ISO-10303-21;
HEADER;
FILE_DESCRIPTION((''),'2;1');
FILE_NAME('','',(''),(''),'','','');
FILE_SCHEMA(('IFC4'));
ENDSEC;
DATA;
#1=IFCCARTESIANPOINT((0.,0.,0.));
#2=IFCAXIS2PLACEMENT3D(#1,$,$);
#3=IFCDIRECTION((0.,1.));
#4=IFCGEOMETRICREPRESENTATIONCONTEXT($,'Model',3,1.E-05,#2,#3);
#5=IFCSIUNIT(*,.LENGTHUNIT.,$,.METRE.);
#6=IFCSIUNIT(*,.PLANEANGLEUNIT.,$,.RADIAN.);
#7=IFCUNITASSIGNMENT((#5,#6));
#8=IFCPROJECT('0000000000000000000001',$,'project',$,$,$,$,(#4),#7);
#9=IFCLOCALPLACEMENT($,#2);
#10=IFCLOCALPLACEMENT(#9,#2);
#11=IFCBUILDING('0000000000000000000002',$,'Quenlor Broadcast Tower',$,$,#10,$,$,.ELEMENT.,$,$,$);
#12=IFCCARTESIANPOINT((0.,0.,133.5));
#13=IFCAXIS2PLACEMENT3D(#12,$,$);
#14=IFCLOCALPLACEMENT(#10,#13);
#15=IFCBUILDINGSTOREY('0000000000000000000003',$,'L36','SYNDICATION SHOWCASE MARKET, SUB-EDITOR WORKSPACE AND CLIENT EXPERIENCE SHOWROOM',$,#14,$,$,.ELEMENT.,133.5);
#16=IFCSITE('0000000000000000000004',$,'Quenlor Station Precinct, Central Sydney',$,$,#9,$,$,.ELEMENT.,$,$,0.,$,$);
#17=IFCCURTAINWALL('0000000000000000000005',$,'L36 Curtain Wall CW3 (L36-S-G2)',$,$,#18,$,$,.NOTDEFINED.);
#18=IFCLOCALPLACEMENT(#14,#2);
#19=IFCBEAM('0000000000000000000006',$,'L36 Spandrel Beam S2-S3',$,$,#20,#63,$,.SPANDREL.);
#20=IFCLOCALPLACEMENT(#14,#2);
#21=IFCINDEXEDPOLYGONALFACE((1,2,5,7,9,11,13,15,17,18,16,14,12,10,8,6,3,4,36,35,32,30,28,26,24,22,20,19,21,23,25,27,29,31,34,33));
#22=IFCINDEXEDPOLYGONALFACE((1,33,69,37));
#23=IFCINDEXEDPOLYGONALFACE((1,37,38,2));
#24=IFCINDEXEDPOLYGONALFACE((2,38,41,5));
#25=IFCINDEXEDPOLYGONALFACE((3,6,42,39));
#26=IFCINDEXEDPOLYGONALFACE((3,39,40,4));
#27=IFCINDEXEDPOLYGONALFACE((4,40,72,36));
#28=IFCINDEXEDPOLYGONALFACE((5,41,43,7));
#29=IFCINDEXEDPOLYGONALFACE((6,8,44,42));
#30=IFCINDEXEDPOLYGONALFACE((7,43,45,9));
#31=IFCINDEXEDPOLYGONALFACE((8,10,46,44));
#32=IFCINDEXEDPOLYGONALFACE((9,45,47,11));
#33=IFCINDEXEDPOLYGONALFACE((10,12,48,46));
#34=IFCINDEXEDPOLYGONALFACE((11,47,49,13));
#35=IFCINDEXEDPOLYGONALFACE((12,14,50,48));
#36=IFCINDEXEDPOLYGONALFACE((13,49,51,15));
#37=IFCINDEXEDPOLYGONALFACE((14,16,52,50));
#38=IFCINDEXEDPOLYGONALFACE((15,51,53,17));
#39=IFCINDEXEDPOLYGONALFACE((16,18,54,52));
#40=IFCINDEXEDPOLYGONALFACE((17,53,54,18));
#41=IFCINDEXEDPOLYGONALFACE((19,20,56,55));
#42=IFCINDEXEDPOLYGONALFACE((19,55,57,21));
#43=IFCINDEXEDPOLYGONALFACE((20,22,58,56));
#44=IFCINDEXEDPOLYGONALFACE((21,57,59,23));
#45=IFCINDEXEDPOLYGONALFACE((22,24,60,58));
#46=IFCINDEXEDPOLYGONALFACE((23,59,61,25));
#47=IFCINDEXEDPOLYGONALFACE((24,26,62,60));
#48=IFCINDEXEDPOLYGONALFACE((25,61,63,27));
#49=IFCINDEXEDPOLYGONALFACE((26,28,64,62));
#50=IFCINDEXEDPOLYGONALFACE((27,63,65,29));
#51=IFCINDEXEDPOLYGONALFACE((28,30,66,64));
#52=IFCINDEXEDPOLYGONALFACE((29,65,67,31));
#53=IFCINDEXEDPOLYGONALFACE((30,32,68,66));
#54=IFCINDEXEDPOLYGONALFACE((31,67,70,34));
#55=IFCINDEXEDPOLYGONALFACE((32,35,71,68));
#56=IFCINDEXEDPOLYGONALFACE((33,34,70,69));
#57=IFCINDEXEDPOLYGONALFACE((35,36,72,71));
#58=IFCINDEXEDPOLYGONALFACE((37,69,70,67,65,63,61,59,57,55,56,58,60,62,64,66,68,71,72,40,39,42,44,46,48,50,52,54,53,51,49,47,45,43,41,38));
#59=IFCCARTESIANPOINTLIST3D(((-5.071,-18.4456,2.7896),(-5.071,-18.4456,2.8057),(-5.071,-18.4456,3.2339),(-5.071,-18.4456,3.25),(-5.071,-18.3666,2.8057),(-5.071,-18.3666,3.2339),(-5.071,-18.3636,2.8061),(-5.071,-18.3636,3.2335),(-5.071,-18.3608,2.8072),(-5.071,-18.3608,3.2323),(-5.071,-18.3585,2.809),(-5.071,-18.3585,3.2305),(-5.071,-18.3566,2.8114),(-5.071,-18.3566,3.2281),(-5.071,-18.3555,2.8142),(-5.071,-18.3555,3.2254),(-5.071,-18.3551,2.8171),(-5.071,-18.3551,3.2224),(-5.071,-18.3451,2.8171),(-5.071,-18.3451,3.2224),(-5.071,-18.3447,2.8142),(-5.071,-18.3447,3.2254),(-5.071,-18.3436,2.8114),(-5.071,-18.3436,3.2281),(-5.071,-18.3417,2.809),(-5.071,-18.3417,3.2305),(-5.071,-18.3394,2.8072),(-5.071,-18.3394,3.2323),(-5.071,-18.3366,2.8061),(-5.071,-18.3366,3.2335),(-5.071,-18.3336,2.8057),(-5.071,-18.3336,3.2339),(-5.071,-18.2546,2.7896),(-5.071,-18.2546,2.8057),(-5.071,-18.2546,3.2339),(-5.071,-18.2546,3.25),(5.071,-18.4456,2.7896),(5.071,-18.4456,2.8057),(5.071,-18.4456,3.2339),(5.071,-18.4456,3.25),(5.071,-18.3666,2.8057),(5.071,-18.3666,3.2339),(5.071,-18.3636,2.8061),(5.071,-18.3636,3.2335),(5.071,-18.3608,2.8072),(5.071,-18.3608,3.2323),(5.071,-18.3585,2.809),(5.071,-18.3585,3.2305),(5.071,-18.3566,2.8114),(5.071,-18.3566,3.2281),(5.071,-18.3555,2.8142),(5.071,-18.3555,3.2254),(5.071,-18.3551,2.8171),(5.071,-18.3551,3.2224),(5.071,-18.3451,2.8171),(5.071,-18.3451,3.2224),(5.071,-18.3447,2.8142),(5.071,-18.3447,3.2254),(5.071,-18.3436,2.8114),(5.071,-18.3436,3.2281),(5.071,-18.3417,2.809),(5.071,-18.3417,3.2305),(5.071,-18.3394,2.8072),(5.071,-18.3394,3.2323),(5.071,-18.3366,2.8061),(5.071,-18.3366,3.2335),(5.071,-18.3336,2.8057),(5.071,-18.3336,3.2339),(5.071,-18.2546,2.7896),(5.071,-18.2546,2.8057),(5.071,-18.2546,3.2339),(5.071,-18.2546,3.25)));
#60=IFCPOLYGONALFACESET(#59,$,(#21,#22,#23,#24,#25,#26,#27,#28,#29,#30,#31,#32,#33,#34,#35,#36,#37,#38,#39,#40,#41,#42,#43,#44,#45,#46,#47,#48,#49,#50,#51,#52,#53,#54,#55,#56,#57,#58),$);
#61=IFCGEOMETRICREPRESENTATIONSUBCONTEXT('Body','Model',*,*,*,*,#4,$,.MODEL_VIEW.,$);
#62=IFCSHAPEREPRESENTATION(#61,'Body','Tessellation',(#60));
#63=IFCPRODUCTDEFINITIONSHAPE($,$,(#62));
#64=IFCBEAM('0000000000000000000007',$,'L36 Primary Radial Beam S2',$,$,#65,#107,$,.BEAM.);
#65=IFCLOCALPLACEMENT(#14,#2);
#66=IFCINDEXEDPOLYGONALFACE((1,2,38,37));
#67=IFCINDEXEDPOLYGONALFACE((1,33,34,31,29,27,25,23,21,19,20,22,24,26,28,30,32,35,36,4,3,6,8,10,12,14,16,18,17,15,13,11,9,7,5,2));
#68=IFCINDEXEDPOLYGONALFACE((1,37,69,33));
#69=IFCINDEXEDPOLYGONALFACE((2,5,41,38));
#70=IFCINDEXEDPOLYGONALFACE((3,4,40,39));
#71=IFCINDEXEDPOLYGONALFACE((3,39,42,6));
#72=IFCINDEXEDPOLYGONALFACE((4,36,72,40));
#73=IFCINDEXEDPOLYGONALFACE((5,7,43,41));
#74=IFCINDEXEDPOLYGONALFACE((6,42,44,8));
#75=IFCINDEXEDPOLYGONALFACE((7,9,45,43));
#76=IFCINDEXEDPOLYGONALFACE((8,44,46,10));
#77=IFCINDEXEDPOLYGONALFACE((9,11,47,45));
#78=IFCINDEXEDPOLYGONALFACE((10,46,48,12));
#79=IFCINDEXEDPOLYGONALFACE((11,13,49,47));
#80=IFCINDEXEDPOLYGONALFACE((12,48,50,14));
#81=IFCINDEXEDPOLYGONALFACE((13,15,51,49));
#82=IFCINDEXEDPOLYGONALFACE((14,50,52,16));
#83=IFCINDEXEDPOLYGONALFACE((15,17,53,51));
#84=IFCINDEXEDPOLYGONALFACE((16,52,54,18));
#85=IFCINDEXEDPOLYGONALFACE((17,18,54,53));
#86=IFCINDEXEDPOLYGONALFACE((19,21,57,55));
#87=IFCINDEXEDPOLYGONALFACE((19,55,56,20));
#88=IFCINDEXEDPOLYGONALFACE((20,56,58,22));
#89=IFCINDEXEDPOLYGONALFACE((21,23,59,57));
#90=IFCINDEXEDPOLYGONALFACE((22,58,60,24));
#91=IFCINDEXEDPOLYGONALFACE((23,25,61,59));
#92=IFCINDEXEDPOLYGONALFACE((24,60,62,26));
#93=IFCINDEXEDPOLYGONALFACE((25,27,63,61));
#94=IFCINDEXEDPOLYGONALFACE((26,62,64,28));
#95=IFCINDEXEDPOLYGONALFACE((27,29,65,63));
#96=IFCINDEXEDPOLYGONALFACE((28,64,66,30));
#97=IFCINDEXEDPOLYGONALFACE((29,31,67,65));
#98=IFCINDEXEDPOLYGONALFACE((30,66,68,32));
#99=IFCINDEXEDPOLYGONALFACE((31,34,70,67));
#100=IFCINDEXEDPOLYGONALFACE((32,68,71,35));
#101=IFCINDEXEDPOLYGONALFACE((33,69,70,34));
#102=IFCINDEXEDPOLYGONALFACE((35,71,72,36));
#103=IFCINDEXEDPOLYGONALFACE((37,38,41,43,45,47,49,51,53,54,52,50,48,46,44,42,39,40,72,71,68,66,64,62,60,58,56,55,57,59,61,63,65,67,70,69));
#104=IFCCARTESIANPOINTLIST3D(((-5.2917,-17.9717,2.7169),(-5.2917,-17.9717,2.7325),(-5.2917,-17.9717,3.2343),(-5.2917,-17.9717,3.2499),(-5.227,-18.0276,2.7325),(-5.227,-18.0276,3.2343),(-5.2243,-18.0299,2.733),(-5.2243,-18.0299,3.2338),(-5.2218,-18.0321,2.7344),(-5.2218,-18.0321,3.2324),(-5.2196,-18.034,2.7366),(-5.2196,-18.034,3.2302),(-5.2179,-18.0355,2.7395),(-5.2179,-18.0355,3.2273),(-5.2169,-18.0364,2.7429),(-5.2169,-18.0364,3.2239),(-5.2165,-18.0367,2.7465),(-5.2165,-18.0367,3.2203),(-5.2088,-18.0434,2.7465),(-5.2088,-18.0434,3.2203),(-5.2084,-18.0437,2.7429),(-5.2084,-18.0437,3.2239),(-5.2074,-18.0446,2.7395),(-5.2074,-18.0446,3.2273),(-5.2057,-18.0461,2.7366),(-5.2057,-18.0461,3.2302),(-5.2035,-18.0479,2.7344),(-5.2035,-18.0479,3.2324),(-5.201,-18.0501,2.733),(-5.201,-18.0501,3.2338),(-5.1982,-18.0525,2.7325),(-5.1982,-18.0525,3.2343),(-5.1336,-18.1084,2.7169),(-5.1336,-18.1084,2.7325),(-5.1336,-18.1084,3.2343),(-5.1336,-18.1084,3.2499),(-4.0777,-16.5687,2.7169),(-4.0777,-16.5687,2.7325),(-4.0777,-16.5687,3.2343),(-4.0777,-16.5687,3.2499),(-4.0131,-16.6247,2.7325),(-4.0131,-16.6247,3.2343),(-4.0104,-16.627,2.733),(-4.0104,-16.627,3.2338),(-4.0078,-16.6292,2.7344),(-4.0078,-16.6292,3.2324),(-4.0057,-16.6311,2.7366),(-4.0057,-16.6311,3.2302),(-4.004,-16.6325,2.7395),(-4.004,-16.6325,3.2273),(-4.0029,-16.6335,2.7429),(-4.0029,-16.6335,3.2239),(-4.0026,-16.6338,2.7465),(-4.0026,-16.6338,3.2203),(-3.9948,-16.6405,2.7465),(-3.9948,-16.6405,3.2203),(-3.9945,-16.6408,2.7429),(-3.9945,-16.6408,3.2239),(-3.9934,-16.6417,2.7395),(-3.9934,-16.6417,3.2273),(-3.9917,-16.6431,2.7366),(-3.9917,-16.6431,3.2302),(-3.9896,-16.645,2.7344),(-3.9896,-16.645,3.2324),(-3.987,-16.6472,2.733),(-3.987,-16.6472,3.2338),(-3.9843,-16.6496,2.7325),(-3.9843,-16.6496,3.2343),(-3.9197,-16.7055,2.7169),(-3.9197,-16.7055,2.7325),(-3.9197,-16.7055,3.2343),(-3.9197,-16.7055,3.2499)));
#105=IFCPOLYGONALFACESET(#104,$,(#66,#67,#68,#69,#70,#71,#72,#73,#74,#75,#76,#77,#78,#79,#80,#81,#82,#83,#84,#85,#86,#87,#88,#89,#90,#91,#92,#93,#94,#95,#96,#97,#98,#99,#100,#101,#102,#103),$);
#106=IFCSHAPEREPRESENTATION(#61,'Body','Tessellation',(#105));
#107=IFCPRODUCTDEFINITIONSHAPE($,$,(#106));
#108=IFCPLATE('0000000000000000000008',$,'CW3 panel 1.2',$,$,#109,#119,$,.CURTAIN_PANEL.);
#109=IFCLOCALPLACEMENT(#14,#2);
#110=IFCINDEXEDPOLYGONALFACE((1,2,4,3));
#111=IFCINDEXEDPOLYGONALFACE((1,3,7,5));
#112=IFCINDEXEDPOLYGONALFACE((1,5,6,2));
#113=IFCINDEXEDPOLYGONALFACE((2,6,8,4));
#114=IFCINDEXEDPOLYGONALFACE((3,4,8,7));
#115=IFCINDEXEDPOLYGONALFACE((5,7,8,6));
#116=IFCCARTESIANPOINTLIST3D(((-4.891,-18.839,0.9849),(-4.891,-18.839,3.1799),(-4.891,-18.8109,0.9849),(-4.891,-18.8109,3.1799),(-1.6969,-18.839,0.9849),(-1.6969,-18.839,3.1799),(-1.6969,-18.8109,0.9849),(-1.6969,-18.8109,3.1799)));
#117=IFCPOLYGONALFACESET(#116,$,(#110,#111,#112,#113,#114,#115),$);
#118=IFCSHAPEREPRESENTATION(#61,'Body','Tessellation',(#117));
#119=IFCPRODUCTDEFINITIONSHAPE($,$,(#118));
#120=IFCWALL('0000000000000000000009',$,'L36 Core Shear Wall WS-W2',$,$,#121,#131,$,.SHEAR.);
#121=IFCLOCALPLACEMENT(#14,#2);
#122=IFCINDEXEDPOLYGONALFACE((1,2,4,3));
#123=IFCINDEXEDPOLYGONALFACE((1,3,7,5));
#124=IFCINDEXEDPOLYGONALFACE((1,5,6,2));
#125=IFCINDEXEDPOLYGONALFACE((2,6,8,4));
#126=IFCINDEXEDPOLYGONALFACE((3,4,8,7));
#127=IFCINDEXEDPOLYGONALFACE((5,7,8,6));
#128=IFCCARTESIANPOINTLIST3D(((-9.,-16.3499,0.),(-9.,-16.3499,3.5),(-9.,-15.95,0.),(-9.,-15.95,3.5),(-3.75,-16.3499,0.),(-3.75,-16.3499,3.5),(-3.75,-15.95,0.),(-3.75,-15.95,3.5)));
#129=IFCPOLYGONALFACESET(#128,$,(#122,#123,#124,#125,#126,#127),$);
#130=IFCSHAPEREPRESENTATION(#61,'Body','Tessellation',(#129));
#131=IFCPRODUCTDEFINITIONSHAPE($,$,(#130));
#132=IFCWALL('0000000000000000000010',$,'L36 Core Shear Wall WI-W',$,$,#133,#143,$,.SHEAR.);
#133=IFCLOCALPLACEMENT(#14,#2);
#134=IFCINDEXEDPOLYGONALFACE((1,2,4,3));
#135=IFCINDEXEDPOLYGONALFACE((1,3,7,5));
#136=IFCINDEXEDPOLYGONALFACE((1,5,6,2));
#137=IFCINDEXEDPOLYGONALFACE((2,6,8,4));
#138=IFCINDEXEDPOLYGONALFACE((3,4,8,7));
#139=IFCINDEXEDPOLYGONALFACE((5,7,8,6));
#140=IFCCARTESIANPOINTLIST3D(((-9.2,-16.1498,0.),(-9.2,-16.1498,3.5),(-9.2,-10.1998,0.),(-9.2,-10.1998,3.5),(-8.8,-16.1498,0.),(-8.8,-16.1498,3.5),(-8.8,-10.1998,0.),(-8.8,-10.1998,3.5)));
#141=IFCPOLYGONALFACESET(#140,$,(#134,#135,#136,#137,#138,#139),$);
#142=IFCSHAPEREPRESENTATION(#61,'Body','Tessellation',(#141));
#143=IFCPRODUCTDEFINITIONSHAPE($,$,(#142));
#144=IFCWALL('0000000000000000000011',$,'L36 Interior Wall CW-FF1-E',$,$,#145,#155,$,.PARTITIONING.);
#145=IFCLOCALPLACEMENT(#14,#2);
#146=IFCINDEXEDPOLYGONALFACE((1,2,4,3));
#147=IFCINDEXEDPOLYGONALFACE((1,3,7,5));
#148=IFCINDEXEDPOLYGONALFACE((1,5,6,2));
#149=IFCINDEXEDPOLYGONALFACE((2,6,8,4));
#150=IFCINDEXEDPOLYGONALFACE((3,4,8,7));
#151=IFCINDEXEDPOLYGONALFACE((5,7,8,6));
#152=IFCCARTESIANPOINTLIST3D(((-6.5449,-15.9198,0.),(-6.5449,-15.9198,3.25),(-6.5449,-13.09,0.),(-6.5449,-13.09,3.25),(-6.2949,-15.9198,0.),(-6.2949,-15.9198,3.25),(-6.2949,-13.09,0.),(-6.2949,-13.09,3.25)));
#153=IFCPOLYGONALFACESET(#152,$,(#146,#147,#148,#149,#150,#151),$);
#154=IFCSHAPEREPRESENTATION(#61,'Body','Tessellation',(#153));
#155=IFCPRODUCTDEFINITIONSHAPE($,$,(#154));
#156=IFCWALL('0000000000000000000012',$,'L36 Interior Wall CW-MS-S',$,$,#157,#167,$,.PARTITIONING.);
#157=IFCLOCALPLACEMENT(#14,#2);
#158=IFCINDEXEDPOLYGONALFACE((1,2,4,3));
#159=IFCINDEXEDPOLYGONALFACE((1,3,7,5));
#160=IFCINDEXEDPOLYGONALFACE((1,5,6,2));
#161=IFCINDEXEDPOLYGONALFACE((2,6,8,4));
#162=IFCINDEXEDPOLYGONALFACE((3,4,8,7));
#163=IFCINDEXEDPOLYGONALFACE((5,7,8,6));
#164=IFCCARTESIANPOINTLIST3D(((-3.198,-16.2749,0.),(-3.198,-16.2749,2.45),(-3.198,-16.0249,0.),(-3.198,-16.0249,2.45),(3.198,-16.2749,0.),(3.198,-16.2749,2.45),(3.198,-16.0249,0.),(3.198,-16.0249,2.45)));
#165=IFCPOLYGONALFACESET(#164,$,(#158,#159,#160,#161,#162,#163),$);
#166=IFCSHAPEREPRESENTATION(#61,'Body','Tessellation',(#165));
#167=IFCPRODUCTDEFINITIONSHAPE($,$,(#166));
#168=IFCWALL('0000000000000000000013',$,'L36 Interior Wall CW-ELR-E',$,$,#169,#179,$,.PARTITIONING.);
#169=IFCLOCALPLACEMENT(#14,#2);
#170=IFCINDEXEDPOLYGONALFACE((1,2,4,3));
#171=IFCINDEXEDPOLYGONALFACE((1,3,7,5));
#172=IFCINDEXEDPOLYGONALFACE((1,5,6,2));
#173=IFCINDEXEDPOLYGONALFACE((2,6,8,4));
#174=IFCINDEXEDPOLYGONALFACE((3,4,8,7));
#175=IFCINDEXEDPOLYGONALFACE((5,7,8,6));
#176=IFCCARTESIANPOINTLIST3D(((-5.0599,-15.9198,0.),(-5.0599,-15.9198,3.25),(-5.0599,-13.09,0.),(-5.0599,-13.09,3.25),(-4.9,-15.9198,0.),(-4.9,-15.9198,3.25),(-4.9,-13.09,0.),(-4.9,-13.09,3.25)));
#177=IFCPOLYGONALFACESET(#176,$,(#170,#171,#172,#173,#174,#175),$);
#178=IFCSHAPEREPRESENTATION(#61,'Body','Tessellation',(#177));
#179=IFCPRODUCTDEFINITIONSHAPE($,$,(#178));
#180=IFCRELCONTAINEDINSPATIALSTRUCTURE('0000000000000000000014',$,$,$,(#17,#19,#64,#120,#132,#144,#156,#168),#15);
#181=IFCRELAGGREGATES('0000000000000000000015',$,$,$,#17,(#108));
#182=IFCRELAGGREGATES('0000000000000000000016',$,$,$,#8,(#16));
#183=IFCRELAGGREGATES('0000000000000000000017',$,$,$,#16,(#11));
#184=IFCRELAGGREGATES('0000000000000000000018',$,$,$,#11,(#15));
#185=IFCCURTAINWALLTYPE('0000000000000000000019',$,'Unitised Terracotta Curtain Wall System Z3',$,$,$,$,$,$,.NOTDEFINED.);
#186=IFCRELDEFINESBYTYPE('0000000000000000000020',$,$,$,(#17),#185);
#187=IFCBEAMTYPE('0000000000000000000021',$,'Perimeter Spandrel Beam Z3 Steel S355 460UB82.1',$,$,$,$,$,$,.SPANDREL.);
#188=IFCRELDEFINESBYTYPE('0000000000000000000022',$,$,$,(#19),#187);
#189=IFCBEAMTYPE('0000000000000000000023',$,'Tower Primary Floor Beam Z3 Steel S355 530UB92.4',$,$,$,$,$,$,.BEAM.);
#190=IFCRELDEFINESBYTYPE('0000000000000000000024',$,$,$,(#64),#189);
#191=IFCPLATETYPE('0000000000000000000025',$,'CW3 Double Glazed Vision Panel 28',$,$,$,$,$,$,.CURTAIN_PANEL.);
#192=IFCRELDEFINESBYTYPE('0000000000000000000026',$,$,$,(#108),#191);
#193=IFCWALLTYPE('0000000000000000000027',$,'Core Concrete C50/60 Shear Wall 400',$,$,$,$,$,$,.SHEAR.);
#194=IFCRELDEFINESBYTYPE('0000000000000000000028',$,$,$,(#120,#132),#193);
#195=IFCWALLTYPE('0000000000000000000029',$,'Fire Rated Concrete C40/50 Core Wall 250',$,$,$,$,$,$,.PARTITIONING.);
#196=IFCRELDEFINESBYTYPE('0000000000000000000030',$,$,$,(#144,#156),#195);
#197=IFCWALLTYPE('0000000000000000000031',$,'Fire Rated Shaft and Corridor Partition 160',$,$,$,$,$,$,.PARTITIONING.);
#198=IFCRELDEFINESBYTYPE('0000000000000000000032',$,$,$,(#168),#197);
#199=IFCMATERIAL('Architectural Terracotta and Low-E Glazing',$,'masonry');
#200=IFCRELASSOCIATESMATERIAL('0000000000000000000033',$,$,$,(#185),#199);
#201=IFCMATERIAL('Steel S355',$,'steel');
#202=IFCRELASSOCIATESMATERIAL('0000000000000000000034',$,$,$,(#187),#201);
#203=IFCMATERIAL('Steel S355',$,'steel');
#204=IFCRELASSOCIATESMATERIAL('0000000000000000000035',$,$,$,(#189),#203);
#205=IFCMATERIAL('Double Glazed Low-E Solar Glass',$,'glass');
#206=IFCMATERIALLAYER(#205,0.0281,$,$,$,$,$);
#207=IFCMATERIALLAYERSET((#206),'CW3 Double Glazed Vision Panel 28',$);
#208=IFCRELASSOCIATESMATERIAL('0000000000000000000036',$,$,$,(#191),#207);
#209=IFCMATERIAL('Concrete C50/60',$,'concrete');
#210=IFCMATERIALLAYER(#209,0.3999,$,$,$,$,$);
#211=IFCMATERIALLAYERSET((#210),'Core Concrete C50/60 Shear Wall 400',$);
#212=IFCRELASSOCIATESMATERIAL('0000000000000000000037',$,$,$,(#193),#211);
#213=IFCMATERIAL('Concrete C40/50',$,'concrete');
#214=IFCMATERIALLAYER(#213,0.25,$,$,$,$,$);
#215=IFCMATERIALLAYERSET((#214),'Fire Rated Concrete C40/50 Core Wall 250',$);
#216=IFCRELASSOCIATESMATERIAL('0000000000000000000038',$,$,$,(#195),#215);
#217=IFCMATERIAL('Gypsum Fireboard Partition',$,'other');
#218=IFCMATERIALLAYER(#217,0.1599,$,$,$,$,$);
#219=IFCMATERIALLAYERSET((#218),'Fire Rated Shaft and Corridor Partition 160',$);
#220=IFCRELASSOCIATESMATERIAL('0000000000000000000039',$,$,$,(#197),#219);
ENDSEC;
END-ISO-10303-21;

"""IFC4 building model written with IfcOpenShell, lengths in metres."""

from ifc_helpers import new_model, si_unit, direction, frame, frame_2d, origin, origin_2d, place, context, subcontext, project, spatial, rectangle, i_section, extrude, material, layer, layer_set, material_profile, profile_set, type_object, element, aggregate, save


model = new_model("IFC4")

# Units and contexts
model_context = context("Model", 3, precision=1e-05, world=origin(), true_north=direction((0.0, 1.0)))
body_context = subcontext(model_context, "Body", "Model", "MODEL_VIEW")
ifc_project = project(units=[si_unit("LENGTHUNIT", "METRE"), si_unit("PLANEANGLEUNIT", "RADIAN")], contexts=[model_context])

# Site, building, storey
site_placement = place(None, origin())
site = spatial("IfcSite", under=ifc_project, at=site_placement, Name="Quenlor Station Precinct, Central Sydney", CompositionType="ELEMENT", RefElevation=0.0)
building_placement = place(site_placement, origin())
building = spatial("IfcBuilding", under=site, at=building_placement, Name="Quenlor Broadcast Tower", CompositionType="ELEMENT")
storey_placement = place(building_placement, frame((0.0, 0.0, 133.5)))
storey = spatial("IfcBuildingStorey", under=building, at=storey_placement, Name="L36", Description="SYNDICATION SHOWCASE MARKET, SUB-EDITOR WORKSPACE AND CLIENT EXPERIENCE SHOWROOM", CompositionType="ELEMENT", Elevation=133.5)

# Curtain wall
ifc_material_1 = material(Name="Architectural Terracotta and Low-E Glazing", Category="masonry")
curtain_wall_type = type_object("IfcCurtainWallType", Name="Unitised Terracotta Curtain Wall System Z3", PredefinedType="NOTDEFINED", material=ifc_material_1)
curtain_wall_placement = place(storey_placement, origin())
curtain_wall = element("IfcCurtainWall", 1, at=curtain_wall_placement, inside=storey, type_object=curtain_wall_type, Name="L36 Curtain Wall CW3 (L36-S-G2)", PredefinedType="NOTDEFINED")

# Beams
ifc_material_2 = material(Name="Steel S355", Category="steel")
ifc_material_profile_1 = material_profile(ifc_material_2, i_section(OverallWidth=0.1909, OverallDepth=0.4604, WebThickness=0.01, FlangeThickness=0.0161, FilletRadius=0.0115, at=origin_2d()))
ifc_profile_set_1 = profile_set([ifc_material_profile_1], Name="Steel S355 460UB82.1")
beam_type_1 = type_object("IfcBeamType", Name="Perimeter Spandrel Beam Z3 Steel S355 460UB82.1", PredefinedType="SPANDREL", material=ifc_profile_set_1)
beam_1_placement = place(storey_placement, frame((-5.071, -18.3501, 3.0198), z_axis=(1.0, 0.0, 0.0), x_axis=(0.0, 1.0, 0.0)))
element("IfcBeam", 2, at=beam_1_placement, inside=storey, type_object=beam_type_1, Name="L36 Spandrel Beam S2-S3", PredefinedType="SPANDREL", context=body_context, shape_type="SweptSolid", body=[
    extrude(i_section(OverallWidth=0.1909, OverallDepth=0.4604, WebThickness=0.01, FlangeThickness=0.0161, FilletRadius=0.0115, at=origin_2d()), origin(), (0.0, 0.0, 1.0), 10.1421),
])
ifc_material_3 = material(Name="Steel S355", Category="steel")
ifc_material_profile_2 = material_profile(ifc_material_3, i_section(OverallWidth=0.209, OverallDepth=0.533, WebThickness=0.0103, FlangeThickness=0.0156, FilletRadius=0.0139, at=origin_2d()))
ifc_profile_set_2 = profile_set([ifc_material_profile_2], Name="Steel S355 530UB92.4")
beam_type_2 = type_object("IfcBeamType", Name="Tower Primary Floor Beam Z3 Steel S355 530UB92.4", PredefinedType="BEAM", material=ifc_profile_set_2)
beam_2_placement = place(storey_placement, frame((-5.2126, -18.04, 2.9834), z_axis=(0.654339, 0.756201, 0.0), x_axis=(-0.756201, 0.654339, 0.0)))
element("IfcBeam", 3, at=beam_2_placement, inside=storey, type_object=beam_type_2, Name="L36 Primary Radial Beam S2", PredefinedType="BEAM", context=body_context, shape_type="SweptSolid", body=[
    extrude(i_section(OverallWidth=0.209, OverallDepth=0.533, WebThickness=0.0103, FlangeThickness=0.0156, FilletRadius=0.0139, at=origin_2d()), origin(), (0.0, 0.0, 1.0), 1.8552),
])

# Plate
ifc_material_4 = material(Name="Double Glazed Low-E Solar Glass", Category="glass")
ifc_layer_1 = layer(ifc_material_4, 0.0281)
ifc_layer_set_1 = layer_set([ifc_layer_1], Name="CW3 Double Glazed Vision Panel 28")
plate_type = type_object("IfcPlateType", Name="CW3 Double Glazed Vision Panel 28", PredefinedType="CURTAIN_PANEL", material=ifc_layer_set_1)
plate_placement = place(storey_placement, frame((-3.2939, -18.825, 0.9849), z_axis=(0.0, 0.0, 1.0), x_axis=(-1.0, 0.0, 0.0)))
plate = element("IfcPlate", 4, at=plate_placement, type_object=plate_type, Name="CW3 panel 1.2", PredefinedType="CURTAIN_PANEL", context=body_context, shape_type="SweptSolid", body=[
    extrude(rectangle(XDim=3.1941, YDim=0.0281, at=origin_2d()), origin(), (0.0, 0.0, 1.0), 2.1951),
])
aggregate(curtain_wall, [plate])

# Walls
ifc_material_5 = material(Name="Concrete C50/60", Category="concrete")
ifc_layer_2 = layer(ifc_material_5, 0.3999)
ifc_layer_set_2 = layer_set([ifc_layer_2], Name="Core Concrete C50/60 Shear Wall 400")
wall_type_1 = type_object("IfcWallType", Name="Core Concrete C50/60 Shear Wall 400", PredefinedType="SHEAR", material=ifc_layer_set_2)
wall_1_placement = place(storey_placement, frame((-9.0, -16.1499, 0.0), z_axis=(0.0, 0.0, 1.0), x_axis=(1.0, 0.0, 0.0)))
element("IfcWall", 5, at=wall_1_placement, inside=storey, type_object=wall_type_1, Name="L36 Core Shear Wall WS-W2", PredefinedType="SHEAR", context=body_context, shape_type="SweptSolid", body=[
    extrude(rectangle(XDim=5.25, YDim=0.3999, at=frame_2d((2.625, 0.0))), origin(), (0.0, 0.0, 1.0), 3.5),
])
wall_2_placement = place(storey_placement, frame((-9.0, -16.1499, 0.0), z_axis=(0.0, 0.0, 1.0), x_axis=(0.0, 1.0, 0.0)))
element("IfcWall", 6, at=wall_2_placement, inside=storey, type_object=wall_type_1, Name="L36 Core Shear Wall WI-W", PredefinedType="SHEAR", context=body_context, shape_type="SweptSolid", body=[
    extrude(rectangle(XDim=5.95, YDim=0.3999, at=frame_2d((2.9751, 0.0))), origin(), (0.0, 0.0, 1.0), 3.5),
])
ifc_material_6 = material(Name="Concrete C40/50", Category="concrete")
ifc_layer_3 = layer(ifc_material_6, 0.25)
ifc_layer_set_3 = layer_set([ifc_layer_3], Name="Fire Rated Concrete C40/50 Core Wall 250")
wall_type_2 = type_object("IfcWallType", Name="Fire Rated Concrete C40/50 Core Wall 250", PredefinedType="PARTITIONING", material=ifc_layer_set_3)
wall_3_placement = place(storey_placement, frame((-6.4199, -15.9199, 0.0), z_axis=(0.0, 0.0, 1.0), x_axis=(0.0, 1.0, 0.0)))
element("IfcWall", 7, at=wall_3_placement, inside=storey, type_object=wall_type_2, Name="L36 Interior Wall CW-FF1-E", PredefinedType="PARTITIONING", context=body_context, shape_type="SweptSolid", body=[
    extrude(rectangle(XDim=2.8298, YDim=0.25, at=frame_2d((1.415, 0.0))), origin(), (0.0, 0.0, 1.0), 3.25),
])
wall_4_placement = place(storey_placement, frame((-3.198, -16.1499, 0.0), z_axis=(0.0, 0.0, 1.0), x_axis=(1.0, 0.0, 0.0)))
element("IfcWall", 8, at=wall_4_placement, inside=storey, type_object=wall_type_2, Name="L36 Interior Wall CW-MS-S", PredefinedType="PARTITIONING", context=body_context, shape_type="SweptSolid", body=[
    extrude(rectangle(XDim=6.396, YDim=0.25, at=frame_2d((3.198, 0.0))), origin(), (0.0, 0.0, 1.0), 2.45),
])
ifc_material_7 = material(Name="Gypsum Fireboard Partition", Category="other")
ifc_layer_4 = layer(ifc_material_7, 0.1599)
ifc_layer_set_4 = layer_set([ifc_layer_4], Name="Fire Rated Shaft and Corridor Partition 160")
wall_type_3 = type_object("IfcWallType", Name="Fire Rated Shaft and Corridor Partition 160", PredefinedType="PARTITIONING", material=ifc_layer_set_4)
wall_5_placement = place(storey_placement, frame((-4.98, -15.9199, 0.0), z_axis=(0.0, 0.0, 1.0), x_axis=(0.0, 1.0, 0.0)))
element("IfcWall", 9, at=wall_5_placement, inside=storey, type_object=wall_type_3, Name="L36 Interior Wall CW-ELR-E", PredefinedType="PARTITIONING", context=body_context, shape_type="SweptSolid", body=[
    extrude(rectangle(XDim=2.8298, YDim=0.1599, at=frame_2d((1.415, 0.0))), origin(), (0.0, 0.0, 1.0), 3.25),
])

save(model, "model.ifc")
